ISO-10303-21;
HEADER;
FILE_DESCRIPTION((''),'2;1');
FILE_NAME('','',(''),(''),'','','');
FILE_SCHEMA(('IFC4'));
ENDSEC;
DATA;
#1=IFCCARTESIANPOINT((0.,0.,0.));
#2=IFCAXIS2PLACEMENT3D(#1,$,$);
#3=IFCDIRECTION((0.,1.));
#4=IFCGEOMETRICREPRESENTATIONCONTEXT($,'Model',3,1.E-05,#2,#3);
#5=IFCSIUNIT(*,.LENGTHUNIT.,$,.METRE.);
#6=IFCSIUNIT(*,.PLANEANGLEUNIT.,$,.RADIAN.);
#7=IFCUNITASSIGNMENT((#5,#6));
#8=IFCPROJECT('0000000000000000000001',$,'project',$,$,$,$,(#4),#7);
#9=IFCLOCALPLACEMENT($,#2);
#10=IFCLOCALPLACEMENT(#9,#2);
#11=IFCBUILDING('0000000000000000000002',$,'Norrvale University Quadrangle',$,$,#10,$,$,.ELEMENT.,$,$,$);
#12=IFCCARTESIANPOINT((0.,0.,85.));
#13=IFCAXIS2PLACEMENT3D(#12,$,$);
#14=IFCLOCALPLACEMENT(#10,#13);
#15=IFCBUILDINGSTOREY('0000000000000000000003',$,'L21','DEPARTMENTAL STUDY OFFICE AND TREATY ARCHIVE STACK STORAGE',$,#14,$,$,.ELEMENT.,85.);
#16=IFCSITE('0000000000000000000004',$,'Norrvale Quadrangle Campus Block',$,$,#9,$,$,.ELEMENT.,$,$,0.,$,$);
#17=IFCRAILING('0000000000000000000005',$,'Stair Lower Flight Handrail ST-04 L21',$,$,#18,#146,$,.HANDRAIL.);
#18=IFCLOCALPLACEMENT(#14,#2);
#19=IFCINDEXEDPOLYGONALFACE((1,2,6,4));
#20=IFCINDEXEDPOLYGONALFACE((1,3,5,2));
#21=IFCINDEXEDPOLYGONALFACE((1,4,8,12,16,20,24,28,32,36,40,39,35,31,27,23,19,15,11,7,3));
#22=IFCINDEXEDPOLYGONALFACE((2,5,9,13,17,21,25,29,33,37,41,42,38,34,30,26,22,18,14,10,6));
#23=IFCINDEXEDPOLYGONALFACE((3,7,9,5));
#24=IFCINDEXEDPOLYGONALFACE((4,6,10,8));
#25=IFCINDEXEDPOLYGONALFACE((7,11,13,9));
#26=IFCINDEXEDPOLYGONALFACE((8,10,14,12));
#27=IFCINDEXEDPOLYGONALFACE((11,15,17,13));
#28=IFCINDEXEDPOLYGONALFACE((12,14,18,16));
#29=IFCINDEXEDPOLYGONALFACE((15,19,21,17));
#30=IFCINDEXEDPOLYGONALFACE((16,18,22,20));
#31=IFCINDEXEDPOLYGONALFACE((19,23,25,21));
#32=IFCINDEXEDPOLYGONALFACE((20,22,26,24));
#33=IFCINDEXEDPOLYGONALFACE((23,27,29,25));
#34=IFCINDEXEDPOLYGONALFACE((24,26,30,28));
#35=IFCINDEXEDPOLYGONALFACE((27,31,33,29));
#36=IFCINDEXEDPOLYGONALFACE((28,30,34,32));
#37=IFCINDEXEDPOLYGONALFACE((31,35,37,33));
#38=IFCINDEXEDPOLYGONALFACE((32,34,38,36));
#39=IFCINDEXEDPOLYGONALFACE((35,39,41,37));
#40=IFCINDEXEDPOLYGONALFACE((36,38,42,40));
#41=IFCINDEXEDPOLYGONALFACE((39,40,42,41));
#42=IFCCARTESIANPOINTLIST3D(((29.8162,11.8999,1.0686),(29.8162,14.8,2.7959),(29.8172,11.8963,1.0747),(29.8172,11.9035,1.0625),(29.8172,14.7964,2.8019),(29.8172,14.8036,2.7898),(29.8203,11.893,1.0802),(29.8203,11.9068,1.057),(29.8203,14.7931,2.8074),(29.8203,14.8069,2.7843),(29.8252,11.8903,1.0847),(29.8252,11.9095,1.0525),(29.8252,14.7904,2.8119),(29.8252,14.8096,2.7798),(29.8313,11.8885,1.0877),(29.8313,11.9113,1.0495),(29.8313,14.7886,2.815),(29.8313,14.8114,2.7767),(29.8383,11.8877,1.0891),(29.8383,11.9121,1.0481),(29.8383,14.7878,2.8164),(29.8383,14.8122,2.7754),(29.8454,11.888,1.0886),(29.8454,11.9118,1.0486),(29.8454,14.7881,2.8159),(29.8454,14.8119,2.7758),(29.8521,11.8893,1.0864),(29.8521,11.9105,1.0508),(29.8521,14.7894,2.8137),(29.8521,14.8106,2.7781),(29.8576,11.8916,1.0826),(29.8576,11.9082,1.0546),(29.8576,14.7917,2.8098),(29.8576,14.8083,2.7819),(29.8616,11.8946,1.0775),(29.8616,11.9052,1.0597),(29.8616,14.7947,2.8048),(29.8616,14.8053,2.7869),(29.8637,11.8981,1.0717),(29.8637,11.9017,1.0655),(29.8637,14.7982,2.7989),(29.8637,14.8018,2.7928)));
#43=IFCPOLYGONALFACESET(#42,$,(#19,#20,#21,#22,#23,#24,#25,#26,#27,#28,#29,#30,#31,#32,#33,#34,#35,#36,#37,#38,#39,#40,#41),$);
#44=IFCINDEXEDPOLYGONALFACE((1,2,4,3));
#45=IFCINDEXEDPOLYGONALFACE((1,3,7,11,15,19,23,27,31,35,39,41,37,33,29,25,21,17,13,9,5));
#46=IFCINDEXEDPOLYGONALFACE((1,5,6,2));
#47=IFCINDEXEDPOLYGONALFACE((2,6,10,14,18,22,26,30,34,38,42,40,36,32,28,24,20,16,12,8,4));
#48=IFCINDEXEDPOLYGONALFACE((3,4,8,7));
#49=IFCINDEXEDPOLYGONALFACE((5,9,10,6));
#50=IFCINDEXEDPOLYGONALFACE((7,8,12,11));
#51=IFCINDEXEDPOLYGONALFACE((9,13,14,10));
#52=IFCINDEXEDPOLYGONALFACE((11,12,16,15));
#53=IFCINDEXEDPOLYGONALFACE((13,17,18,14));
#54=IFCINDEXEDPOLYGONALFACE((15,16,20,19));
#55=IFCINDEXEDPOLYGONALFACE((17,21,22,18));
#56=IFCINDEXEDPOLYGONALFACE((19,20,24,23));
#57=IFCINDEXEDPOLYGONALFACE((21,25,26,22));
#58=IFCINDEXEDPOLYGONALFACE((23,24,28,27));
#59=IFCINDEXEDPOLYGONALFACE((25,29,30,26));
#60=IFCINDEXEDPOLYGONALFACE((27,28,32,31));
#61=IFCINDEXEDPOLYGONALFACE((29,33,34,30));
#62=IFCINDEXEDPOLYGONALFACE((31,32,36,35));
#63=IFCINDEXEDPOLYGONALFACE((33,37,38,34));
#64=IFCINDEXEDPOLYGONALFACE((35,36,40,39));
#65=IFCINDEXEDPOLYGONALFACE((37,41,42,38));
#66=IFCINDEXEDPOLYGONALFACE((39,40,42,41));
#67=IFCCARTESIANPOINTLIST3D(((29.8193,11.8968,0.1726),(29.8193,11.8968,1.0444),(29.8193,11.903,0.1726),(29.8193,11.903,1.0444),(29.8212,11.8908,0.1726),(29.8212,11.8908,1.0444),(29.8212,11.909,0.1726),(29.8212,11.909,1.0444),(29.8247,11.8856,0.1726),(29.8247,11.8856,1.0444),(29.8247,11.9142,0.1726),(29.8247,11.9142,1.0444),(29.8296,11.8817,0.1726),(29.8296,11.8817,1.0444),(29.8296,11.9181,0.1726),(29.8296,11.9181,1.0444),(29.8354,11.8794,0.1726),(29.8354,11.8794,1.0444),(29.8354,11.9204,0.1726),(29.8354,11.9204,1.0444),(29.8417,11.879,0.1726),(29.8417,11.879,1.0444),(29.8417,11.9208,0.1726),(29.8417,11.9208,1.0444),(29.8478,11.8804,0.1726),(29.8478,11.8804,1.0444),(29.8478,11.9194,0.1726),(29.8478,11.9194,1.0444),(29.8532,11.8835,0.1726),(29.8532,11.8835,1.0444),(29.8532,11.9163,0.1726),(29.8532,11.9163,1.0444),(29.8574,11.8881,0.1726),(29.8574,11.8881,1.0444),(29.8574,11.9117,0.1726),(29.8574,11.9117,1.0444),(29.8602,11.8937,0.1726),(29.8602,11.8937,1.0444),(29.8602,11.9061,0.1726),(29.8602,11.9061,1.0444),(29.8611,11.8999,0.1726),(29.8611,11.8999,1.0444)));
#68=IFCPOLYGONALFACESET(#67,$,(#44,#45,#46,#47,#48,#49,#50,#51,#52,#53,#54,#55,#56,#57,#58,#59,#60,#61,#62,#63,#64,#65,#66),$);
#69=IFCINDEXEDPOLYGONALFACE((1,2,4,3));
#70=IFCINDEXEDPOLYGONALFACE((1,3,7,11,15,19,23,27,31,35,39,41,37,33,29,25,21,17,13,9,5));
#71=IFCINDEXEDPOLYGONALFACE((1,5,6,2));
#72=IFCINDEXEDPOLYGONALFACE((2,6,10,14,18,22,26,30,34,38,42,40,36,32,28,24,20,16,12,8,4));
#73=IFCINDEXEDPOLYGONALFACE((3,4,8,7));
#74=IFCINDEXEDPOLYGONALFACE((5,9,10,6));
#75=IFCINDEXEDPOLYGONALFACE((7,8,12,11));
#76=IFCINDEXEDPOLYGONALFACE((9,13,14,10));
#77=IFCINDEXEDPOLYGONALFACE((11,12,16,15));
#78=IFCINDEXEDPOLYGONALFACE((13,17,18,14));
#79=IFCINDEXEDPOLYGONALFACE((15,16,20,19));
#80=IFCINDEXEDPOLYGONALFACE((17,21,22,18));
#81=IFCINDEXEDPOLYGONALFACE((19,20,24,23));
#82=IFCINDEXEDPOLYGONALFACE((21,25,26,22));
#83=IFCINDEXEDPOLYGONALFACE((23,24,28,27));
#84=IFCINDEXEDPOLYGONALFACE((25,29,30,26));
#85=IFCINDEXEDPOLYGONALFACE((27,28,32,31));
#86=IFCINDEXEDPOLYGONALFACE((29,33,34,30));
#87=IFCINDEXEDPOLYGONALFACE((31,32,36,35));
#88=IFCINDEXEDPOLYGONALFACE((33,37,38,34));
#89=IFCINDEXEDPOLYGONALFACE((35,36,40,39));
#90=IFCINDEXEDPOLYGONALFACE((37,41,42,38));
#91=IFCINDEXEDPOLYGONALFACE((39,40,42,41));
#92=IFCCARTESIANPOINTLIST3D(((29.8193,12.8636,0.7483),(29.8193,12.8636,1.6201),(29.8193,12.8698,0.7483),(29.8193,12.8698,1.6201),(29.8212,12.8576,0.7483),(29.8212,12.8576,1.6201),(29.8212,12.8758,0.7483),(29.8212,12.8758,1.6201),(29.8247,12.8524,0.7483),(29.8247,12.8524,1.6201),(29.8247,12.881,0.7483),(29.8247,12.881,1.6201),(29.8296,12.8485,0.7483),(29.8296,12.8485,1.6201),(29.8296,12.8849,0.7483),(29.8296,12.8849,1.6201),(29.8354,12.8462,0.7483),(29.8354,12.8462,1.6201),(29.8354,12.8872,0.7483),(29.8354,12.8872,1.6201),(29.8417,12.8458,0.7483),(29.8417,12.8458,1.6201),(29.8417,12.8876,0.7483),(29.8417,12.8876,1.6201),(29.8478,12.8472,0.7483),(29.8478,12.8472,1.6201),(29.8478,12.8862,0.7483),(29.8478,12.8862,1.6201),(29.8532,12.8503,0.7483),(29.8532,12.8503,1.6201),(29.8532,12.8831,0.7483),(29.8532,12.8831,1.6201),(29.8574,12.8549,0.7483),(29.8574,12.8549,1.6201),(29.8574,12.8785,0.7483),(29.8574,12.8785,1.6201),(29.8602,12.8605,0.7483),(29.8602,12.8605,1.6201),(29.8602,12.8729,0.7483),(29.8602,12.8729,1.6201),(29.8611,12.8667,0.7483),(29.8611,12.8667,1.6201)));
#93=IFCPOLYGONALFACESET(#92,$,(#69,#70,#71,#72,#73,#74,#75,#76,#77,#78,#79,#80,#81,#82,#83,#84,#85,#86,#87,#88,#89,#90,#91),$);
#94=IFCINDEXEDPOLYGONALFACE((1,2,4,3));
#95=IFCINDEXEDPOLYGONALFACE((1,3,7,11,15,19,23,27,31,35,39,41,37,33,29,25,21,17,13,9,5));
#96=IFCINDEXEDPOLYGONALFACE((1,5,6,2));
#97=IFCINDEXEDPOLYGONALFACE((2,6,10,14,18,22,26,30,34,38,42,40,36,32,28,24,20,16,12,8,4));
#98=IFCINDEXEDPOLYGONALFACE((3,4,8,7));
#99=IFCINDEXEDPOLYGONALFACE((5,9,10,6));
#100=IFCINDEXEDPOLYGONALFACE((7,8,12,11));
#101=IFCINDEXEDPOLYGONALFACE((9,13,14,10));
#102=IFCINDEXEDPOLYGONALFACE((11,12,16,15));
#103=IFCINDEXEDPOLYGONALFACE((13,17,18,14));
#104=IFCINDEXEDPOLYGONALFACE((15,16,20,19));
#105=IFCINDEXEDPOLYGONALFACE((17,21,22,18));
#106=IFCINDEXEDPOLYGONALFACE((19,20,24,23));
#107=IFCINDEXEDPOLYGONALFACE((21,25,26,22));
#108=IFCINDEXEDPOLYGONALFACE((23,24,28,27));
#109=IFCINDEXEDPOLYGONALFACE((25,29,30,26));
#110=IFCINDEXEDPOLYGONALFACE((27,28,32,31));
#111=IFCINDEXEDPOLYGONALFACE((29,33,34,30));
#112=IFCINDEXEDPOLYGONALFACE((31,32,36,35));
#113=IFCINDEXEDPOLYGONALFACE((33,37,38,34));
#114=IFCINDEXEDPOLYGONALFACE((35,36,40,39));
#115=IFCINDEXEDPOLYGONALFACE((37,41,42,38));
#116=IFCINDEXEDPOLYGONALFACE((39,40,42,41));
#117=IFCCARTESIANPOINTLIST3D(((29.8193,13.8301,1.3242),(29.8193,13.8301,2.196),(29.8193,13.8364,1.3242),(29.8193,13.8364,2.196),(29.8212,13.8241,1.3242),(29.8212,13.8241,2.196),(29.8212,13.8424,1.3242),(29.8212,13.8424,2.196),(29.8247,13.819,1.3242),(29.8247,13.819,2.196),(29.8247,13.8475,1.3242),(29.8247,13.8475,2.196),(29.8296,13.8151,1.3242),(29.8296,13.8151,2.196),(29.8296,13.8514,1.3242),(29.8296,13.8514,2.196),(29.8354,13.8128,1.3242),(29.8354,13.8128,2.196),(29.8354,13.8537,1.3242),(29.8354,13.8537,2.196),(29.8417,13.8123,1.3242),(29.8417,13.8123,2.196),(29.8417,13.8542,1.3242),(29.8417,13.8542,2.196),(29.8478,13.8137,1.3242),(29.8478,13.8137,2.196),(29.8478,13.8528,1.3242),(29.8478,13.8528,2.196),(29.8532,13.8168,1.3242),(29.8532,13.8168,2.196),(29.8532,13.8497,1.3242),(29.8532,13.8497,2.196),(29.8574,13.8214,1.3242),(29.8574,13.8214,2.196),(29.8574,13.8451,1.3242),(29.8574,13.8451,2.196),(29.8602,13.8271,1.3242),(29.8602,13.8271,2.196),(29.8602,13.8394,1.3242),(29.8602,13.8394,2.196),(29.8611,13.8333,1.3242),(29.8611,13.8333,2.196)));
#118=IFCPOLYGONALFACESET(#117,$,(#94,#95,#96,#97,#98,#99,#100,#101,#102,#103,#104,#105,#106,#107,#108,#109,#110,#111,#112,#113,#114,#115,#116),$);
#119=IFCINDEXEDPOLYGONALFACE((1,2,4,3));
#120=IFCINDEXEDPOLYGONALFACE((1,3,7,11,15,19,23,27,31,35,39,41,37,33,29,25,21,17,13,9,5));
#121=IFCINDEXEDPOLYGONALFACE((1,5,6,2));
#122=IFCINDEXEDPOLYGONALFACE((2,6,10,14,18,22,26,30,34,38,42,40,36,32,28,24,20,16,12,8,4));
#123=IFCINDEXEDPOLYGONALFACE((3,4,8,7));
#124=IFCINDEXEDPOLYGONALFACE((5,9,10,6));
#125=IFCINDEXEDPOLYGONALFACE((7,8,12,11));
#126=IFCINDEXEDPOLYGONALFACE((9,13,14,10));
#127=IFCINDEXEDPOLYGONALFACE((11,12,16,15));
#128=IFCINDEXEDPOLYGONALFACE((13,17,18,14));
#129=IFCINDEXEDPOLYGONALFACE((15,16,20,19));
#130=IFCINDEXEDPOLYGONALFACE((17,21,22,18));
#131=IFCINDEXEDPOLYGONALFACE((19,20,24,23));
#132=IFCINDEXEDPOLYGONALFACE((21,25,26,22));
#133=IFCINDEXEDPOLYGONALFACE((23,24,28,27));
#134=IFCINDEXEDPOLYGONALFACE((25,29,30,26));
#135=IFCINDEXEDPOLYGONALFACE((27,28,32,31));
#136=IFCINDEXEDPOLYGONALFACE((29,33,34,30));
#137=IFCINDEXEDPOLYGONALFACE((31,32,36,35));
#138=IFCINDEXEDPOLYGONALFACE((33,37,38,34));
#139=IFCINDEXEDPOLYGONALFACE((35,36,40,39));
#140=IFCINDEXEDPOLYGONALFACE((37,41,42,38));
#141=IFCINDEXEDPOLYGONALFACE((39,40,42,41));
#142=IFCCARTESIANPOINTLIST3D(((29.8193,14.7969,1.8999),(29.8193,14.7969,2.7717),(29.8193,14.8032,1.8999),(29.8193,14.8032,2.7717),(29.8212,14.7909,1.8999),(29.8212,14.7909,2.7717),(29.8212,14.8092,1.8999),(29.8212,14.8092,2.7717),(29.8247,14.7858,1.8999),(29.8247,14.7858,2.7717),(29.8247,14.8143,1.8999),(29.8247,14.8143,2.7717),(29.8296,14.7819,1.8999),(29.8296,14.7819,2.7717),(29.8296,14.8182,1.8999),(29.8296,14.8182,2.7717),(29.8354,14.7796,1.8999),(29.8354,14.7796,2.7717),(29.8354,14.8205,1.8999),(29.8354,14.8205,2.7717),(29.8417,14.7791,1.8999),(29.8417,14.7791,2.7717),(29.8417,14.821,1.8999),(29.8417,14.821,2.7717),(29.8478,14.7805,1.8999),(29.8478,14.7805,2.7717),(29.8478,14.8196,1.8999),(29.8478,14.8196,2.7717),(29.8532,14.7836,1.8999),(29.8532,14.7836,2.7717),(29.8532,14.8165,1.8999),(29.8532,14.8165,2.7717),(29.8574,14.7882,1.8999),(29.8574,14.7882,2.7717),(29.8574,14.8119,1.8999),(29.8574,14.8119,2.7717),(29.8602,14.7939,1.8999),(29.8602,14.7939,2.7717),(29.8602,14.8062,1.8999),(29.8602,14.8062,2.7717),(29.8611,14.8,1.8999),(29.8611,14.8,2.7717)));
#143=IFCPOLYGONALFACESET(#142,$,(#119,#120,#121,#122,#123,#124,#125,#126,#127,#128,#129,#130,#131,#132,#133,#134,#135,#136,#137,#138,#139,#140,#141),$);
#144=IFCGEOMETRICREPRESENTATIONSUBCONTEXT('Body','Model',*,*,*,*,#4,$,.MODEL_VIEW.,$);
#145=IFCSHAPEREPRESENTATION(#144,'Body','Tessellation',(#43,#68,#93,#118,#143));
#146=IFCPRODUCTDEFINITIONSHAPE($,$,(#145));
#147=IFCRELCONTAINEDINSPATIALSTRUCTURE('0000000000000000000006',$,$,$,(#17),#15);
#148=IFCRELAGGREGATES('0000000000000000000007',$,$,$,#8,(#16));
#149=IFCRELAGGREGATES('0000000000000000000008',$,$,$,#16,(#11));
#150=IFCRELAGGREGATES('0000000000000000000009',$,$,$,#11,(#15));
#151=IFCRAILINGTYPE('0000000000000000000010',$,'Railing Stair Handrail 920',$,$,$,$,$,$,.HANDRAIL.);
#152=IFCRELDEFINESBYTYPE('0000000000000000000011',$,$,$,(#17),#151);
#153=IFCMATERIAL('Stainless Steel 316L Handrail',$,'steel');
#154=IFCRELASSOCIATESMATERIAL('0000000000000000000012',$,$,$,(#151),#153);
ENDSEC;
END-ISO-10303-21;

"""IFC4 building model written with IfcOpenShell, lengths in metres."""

from ifc_helpers import new_model, si_unit, direction, frame, origin, origin_2d, place, context, subcontext, project, spatial, circle, extrude, material, type_object, element, save


model = new_model("IFC4")

# Units and contexts
model_context = context("Model", 3, precision=1e-05, world=origin(), true_north=direction((0.0, 1.0)))
body_context = subcontext(model_context, "Body", "Model", "MODEL_VIEW")
ifc_project = project(units=[si_unit("LENGTHUNIT", "METRE"), si_unit("PLANEANGLEUNIT", "RADIAN")], contexts=[model_context])

# Site, building, storey
site_placement = place(None, origin())
site = spatial("IfcSite", under=ifc_project, at=site_placement, Name="Norrvale Quadrangle Campus Block", CompositionType="ELEMENT", RefElevation=0.0)
building_placement = place(site_placement, origin())
building = spatial("IfcBuilding", under=site, at=building_placement, Name="Norrvale University Quadrangle", CompositionType="ELEMENT")
storey_placement = place(building_placement, frame((0.0, 0.0, 85.0)))
storey = spatial("IfcBuildingStorey", under=building, at=storey_placement, Name="L21", Description="DEPARTMENTAL STUDY OFFICE AND TREATY ARCHIVE STACK STORAGE", CompositionType="ELEMENT", Elevation=85.0)

# Railing
ifc_material_1 = material(Name="Stainless Steel 316L Handrail", Category="steel")
railing_type_1 = type_object("IfcRailingType", Name="Railing Stair Handrail 920", PredefinedType="HANDRAIL", material=ifc_material_1)
railing_1_placement = place(storey_placement, frame((29.8401, 11.8999, 0.1726)))
element("IfcRailing", 1, at=railing_1_placement, inside=storey, type_object=railing_type_1, Name="Stair Lower Flight Handrail ST-04 L21", PredefinedType="HANDRAIL", context=body_context, shape_type="SweptSolid", body=[
    extrude(circle(Radius=0.0239, at=origin_2d()), frame((0.0, 0.0, 0.896), z_axis=(0.0, 0.85916, 0.511706), x_axis=(-1.0, 0.0, 0.0)), (0.0, 0.0, 1.0), 3.3755),
    extrude(circle(Radius=0.021, at=origin_2d()), origin(), (0.0, 0.0, 1.0), 0.8718),
    extrude(circle(Radius=0.021, at=origin_2d()), frame((0.0, 0.9668, 0.5757)), (0.0, 0.0, 1.0), 0.8718),
    extrude(circle(Radius=0.021, at=origin_2d()), frame((0.0, 1.9333, 1.1516)), (0.0, 0.0, 1.0), 0.8718),
    extrude(circle(Radius=0.021, at=origin_2d()), frame((0.0, 2.9001, 1.7273)), (0.0, 0.0, 1.0), 0.8718),
])

save(model, "model.ifc")
